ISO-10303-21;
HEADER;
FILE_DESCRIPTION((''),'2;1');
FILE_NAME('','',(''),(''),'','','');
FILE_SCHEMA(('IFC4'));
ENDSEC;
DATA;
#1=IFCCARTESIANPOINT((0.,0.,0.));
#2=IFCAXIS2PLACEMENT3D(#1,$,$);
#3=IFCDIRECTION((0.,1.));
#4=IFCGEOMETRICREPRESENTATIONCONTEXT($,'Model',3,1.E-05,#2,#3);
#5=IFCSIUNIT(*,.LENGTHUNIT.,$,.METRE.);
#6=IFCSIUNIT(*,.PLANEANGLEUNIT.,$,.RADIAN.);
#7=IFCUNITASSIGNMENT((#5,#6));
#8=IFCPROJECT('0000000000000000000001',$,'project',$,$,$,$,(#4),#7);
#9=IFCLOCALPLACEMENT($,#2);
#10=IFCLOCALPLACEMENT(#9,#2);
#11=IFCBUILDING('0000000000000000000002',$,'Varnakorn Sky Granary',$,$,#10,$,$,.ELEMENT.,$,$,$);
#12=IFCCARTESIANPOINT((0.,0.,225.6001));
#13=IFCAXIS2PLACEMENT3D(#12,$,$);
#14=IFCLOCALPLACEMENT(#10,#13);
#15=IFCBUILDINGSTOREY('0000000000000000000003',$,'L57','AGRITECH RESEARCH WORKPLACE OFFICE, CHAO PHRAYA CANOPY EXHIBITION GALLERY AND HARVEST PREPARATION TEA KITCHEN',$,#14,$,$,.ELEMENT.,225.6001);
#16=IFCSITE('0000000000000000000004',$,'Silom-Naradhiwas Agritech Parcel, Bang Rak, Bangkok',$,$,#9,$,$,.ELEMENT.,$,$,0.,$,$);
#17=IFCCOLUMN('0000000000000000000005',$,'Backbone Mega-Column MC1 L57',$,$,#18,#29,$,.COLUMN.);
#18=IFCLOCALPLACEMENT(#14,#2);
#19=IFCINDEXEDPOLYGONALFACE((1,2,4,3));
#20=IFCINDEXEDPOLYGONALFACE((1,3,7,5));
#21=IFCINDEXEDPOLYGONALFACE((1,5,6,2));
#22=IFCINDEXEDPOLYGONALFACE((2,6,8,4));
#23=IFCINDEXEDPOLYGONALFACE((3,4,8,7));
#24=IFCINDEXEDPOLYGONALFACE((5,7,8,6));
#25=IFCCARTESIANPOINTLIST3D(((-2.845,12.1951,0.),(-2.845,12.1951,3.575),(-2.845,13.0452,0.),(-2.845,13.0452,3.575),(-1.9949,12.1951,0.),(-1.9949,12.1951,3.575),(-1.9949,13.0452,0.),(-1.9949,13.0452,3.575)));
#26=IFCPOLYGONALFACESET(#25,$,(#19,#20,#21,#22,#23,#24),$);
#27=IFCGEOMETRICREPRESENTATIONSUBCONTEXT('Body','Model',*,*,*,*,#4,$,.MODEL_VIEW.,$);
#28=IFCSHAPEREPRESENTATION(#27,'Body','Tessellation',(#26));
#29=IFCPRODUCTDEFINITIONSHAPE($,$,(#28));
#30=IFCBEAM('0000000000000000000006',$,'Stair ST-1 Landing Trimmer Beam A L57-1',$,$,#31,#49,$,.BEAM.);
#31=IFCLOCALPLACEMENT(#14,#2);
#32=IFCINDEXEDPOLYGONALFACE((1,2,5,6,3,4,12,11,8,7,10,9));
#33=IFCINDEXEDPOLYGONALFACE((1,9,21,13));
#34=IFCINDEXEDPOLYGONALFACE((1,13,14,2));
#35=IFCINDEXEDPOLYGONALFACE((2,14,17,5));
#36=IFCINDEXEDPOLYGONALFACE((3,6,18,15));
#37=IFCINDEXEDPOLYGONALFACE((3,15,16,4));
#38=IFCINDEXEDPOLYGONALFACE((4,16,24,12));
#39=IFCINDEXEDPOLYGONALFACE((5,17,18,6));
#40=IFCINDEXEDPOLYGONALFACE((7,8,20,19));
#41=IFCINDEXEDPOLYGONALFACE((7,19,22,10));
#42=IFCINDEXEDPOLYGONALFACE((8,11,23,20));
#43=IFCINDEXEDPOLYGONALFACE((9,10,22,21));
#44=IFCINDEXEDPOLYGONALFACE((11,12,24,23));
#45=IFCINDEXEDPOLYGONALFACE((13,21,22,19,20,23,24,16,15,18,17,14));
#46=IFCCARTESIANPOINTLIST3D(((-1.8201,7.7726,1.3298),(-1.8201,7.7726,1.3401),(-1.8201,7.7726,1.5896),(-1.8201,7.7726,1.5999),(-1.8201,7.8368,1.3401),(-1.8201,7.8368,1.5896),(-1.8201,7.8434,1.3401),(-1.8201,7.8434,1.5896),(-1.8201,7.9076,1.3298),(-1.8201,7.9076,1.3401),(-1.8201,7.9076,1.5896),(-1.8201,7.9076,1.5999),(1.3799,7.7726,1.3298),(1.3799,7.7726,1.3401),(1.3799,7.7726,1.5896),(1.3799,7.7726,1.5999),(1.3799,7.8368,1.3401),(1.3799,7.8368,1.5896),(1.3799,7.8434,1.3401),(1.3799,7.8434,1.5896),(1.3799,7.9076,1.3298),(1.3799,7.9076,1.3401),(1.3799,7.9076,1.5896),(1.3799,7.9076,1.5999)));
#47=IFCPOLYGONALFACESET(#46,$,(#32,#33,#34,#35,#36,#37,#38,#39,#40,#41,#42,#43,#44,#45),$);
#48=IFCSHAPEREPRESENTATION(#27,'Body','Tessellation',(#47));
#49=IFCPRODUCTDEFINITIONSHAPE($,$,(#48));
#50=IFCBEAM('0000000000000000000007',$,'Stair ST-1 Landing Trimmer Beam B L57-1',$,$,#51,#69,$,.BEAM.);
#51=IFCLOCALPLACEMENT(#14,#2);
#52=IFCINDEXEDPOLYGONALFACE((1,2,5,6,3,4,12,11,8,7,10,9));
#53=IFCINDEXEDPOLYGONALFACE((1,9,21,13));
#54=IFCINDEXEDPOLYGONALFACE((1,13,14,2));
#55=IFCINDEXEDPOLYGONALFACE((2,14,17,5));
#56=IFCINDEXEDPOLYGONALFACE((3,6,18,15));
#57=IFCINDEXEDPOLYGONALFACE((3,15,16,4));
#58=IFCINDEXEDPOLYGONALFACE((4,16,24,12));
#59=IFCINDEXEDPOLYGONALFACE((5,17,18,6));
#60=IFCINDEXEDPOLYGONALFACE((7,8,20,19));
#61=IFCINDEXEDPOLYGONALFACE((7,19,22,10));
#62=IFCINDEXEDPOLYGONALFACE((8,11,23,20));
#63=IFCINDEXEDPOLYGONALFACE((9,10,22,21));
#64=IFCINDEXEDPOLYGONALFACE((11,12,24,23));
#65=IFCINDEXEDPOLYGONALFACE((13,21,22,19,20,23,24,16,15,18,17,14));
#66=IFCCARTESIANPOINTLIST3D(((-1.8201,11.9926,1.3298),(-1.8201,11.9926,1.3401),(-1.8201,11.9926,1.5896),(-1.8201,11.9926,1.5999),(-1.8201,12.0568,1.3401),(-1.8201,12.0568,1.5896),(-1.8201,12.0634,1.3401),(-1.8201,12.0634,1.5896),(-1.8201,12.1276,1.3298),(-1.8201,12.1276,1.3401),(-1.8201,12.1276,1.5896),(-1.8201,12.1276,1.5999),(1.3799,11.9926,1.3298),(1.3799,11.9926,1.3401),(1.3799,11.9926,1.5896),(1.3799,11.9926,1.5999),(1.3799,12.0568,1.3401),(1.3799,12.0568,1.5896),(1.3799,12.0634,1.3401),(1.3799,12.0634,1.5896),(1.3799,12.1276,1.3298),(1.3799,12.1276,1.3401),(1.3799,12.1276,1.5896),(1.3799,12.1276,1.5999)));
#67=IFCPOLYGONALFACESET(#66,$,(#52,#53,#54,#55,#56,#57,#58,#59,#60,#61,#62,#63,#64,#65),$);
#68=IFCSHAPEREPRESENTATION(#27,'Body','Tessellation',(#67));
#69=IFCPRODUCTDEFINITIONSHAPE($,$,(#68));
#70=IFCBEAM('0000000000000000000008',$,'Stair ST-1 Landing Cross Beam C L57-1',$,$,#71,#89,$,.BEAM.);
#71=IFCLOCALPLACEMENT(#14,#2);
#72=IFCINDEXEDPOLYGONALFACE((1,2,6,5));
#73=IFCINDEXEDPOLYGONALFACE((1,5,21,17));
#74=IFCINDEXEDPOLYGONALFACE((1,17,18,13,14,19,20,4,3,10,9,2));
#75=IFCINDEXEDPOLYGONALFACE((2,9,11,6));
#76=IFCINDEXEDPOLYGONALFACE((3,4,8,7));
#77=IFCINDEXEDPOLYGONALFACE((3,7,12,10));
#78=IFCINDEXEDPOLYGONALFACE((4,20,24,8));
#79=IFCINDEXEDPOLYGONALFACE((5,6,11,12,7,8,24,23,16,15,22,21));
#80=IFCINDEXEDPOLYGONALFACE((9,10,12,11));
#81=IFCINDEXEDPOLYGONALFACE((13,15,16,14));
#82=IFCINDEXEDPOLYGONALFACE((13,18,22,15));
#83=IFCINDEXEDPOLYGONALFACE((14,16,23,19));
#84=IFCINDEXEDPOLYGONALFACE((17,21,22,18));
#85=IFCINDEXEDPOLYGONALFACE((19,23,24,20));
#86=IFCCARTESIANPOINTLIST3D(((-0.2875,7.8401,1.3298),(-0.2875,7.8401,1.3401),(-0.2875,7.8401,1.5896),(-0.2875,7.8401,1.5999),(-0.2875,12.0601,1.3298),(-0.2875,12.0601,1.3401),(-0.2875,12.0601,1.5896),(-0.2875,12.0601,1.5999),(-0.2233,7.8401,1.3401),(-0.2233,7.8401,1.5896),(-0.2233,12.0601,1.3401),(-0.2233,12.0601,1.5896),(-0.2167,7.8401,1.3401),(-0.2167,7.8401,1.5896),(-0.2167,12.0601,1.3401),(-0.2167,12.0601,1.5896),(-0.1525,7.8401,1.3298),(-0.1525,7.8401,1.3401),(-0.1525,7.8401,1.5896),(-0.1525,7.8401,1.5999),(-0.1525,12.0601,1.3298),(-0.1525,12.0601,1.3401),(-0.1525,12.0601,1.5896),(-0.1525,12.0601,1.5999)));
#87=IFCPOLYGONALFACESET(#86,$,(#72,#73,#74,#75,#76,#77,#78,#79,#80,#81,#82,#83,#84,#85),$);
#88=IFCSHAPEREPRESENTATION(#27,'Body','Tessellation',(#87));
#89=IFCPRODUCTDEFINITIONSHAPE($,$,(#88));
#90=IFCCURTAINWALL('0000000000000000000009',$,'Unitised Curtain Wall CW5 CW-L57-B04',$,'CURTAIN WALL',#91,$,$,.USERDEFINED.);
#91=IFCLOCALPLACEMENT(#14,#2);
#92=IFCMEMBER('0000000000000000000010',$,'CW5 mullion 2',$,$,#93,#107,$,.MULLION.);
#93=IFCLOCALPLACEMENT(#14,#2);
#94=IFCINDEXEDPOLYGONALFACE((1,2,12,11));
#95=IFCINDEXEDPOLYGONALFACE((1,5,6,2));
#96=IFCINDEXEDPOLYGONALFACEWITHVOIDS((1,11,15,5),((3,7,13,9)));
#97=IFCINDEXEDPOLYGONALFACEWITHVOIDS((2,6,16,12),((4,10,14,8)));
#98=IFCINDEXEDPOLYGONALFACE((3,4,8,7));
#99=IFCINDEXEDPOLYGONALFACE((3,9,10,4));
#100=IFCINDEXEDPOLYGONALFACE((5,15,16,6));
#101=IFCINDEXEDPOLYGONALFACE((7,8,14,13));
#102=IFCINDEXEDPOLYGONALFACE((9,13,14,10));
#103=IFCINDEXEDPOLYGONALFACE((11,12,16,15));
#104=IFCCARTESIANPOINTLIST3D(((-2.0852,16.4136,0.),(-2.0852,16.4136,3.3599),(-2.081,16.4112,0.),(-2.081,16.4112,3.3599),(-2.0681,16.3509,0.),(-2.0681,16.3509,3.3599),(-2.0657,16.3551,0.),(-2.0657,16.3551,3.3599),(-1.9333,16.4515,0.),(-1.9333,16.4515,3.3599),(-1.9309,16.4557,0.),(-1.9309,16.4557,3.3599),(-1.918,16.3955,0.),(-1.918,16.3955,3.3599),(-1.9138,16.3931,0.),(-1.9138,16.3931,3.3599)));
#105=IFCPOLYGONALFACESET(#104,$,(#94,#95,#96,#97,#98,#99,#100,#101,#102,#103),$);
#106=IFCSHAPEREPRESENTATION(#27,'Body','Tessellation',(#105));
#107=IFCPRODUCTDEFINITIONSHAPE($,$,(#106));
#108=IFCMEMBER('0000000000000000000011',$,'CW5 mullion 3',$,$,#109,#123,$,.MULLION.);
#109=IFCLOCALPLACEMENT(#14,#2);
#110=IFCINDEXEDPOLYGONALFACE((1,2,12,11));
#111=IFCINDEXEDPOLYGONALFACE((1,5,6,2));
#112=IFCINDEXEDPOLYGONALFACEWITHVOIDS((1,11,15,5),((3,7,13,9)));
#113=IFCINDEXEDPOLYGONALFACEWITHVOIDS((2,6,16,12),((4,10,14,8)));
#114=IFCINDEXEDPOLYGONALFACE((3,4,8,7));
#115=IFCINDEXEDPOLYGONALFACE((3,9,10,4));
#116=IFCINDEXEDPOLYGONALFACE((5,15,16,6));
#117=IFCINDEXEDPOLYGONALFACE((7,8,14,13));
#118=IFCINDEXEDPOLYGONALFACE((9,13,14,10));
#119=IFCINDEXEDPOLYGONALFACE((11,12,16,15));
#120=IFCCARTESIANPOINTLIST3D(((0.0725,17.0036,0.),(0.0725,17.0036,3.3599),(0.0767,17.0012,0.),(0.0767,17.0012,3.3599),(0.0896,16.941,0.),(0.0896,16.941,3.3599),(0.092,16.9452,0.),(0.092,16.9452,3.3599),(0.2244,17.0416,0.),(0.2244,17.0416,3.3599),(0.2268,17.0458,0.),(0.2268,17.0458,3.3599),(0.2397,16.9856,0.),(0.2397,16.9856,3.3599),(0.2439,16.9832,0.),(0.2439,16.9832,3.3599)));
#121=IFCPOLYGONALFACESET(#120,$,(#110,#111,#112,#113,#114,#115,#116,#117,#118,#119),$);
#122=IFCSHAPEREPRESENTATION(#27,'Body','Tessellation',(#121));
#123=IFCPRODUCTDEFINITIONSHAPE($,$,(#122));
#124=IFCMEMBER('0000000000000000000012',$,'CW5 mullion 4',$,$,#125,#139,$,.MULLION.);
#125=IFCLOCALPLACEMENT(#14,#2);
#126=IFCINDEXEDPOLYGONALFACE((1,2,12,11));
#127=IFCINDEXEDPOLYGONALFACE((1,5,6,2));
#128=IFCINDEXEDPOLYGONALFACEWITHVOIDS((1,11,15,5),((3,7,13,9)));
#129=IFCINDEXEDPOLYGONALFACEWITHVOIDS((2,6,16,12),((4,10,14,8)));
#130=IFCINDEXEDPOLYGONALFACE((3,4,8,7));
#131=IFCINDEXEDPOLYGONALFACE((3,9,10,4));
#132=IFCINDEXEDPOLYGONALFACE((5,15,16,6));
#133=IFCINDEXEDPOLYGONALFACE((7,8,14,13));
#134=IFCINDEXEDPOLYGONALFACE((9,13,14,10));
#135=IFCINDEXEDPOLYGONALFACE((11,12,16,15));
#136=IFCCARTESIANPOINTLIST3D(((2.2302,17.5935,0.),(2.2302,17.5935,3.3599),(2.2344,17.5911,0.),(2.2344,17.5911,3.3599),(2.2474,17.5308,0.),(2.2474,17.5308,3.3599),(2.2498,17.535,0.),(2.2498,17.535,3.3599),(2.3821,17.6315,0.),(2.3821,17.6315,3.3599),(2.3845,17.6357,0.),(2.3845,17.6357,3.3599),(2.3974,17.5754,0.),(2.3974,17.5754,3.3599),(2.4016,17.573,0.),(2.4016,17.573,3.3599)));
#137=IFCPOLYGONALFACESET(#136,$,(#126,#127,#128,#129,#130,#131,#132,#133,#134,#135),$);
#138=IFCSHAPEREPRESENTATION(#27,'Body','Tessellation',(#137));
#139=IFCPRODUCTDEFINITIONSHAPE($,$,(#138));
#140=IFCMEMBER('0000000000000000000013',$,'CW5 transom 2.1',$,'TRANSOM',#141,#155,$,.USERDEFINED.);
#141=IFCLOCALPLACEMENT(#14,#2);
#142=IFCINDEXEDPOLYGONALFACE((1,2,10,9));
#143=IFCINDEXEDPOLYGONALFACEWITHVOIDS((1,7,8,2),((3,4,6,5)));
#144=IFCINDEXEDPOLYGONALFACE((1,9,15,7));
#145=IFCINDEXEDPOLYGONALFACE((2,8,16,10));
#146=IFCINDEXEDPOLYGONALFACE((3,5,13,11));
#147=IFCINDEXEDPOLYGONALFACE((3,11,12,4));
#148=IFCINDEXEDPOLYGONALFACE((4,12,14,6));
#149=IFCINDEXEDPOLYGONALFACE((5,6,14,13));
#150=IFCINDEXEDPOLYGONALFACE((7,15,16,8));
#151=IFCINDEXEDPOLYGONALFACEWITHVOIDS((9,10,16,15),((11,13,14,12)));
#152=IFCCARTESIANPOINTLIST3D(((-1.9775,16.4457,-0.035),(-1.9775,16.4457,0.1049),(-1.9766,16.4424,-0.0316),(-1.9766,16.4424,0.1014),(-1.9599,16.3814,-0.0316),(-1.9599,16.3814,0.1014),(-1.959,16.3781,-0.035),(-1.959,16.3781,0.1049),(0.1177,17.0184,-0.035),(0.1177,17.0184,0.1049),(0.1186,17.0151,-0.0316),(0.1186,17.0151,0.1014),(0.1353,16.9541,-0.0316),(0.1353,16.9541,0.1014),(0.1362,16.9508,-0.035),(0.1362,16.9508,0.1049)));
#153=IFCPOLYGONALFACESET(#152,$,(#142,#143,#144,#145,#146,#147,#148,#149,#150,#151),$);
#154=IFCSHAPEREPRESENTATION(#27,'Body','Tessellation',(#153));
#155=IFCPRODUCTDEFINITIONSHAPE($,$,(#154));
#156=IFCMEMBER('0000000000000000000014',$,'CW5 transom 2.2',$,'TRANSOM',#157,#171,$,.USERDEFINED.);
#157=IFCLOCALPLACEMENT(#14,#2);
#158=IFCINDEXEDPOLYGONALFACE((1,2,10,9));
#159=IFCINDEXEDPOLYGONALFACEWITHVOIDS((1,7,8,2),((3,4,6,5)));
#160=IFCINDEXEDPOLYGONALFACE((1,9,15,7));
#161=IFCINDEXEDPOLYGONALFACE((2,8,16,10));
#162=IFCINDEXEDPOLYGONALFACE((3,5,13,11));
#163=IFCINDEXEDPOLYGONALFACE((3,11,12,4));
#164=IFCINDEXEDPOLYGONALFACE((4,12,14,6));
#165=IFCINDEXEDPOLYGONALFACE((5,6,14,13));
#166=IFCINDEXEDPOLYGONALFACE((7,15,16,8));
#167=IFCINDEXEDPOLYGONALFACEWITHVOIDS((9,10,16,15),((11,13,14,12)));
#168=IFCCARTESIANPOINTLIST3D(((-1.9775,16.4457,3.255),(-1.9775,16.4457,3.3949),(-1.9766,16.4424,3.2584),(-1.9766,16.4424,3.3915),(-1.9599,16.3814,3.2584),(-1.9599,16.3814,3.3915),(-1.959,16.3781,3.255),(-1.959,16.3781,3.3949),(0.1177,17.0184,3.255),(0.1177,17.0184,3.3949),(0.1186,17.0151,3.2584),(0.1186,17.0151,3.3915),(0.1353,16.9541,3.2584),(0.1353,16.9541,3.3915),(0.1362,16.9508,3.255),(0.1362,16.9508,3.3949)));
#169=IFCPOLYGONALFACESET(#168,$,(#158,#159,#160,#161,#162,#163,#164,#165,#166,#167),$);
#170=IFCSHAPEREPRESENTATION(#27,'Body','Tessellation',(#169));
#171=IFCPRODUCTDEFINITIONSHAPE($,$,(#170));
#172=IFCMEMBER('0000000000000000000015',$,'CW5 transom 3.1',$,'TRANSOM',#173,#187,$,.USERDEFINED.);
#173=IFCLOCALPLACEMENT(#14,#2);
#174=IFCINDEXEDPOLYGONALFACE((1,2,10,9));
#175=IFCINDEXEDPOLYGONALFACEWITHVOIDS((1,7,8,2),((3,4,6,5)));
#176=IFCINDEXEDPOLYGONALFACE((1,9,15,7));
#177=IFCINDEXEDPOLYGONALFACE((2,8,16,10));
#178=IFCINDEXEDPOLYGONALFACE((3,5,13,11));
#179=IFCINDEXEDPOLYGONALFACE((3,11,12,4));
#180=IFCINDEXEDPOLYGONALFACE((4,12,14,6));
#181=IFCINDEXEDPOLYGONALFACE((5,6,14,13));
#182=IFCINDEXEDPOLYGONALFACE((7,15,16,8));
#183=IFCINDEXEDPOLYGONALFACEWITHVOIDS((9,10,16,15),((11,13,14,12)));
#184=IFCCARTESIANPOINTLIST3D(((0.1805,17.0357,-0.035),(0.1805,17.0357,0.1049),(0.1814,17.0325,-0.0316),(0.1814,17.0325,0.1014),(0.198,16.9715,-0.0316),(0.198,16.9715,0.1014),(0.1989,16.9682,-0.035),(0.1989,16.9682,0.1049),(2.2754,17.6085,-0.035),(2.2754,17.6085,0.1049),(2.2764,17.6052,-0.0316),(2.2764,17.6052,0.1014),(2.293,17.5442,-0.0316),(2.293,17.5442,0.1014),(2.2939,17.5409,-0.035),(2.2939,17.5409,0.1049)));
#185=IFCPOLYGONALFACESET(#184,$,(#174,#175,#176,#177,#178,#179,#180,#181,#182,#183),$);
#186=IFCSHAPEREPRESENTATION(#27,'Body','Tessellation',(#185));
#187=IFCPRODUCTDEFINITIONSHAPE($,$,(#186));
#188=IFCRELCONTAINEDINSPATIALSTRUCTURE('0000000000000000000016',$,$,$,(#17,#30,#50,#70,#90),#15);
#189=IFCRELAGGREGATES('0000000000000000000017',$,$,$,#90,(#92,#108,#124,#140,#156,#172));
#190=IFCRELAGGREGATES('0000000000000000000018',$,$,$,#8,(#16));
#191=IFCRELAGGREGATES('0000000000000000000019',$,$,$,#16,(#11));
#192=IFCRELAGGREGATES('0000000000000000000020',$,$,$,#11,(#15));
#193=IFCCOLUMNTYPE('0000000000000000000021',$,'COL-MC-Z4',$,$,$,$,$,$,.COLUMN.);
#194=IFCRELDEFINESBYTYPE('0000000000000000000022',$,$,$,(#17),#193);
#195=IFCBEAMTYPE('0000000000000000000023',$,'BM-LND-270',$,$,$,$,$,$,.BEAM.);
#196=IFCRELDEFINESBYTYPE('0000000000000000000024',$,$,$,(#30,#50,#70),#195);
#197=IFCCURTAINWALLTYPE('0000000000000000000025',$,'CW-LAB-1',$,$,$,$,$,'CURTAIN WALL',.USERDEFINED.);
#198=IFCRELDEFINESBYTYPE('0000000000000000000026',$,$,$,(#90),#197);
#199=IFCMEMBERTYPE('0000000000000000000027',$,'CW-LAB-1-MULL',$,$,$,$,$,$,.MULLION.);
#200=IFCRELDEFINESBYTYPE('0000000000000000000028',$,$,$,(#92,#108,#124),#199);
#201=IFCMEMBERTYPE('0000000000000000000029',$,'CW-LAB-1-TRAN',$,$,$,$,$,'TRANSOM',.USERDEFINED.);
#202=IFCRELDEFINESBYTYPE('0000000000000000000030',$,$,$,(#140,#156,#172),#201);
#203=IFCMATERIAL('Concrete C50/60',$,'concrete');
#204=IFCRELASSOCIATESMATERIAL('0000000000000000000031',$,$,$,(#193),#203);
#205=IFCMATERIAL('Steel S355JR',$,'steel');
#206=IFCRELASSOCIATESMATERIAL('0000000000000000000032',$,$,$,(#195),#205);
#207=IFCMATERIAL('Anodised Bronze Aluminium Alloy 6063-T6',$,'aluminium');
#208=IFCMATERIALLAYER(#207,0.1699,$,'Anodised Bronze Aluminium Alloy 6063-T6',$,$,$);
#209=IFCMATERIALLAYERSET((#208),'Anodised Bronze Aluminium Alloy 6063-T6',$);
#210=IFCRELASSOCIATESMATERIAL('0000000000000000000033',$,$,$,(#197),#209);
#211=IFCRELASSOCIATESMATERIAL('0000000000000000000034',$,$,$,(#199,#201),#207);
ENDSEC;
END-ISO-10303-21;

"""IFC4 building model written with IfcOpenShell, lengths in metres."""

from ifc_helpers import new_model, si_unit, direction, frame, origin, origin_2d, place, context, subcontext, project, spatial, rectangle, hollow_rectangle, i_section, extrude, material, layer, layer_set, material_profile, profile_set, type_object, element, aggregate, save


model = new_model("IFC4")

# Units and contexts
model_context = context("Model", 3, precision=1e-05, world=origin(), true_north=direction((0.0, 1.0)))
body_context = subcontext(model_context, "Body", "Model", "MODEL_VIEW")
ifc_project = project(units=[si_unit("LENGTHUNIT", "METRE"), si_unit("PLANEANGLEUNIT", "RADIAN")], contexts=[model_context])

# Site, building, storey
site_placement = place(None, origin())
site = spatial("IfcSite", under=ifc_project, at=site_placement, Name="Silom-Naradhiwas Agritech Parcel, Bang Rak, Bangkok", CompositionType="ELEMENT", RefElevation=0.0)
building_placement = place(site_placement, origin())
building = spatial("IfcBuilding", under=site, at=building_placement, Name="Varnakorn Sky Granary", CompositionType="ELEMENT")
storey_placement = place(building_placement, frame((0.0, 0.0, 225.6001)))
storey = spatial("IfcBuildingStorey", under=building, at=storey_placement, Name="L57", Description="AGRITECH RESEARCH WORKPLACE OFFICE, CHAO PHRAYA CANOPY EXHIBITION GALLERY AND HARVEST PREPARATION TEA KITCHEN", CompositionType="ELEMENT", Elevation=225.6001)

# Column
ifc_material_1 = material(Name="Concrete C50/60", Category="concrete")
ifc_material_profile_1 = material_profile(ifc_material_1, rectangle(XDim=0.8501, YDim=0.8501, at=origin_2d()), Name="RC 850x850")
ifc_profile_set_1 = profile_set([ifc_material_profile_1], Name="Concrete C50/60")
column_type = type_object("IfcColumnType", Name="COL-MC-Z4", PredefinedType="COLUMN", material=ifc_profile_set_1)
column_placement = place(storey_placement, frame((-2.4199, 12.6201, 0.0), z_axis=(0.0, 0.0, 1.0), x_axis=(1.0, 0.0, 0.0)))
element("IfcColumn", 1, at=column_placement, inside=storey, type_object=column_type, Name="Backbone Mega-Column MC1 L57", PredefinedType="COLUMN", context=body_context, shape_type="SweptSolid", body=[
    extrude(rectangle(XDim=0.8501, YDim=0.8501, at=origin_2d()), origin(), (0.0, 0.0, 1.0), 3.575),
])

# Beams
ifc_material_2 = material(Name="Steel S355JR", Category="steel")
ifc_material_profile_2 = material_profile(ifc_material_2, i_section(OverallWidth=0.135, OverallDepth=0.27, WebThickness=0.0066, FlangeThickness=0.0103, at=origin_2d()), Name="IPE 270")
ifc_profile_set_2 = profile_set([ifc_material_profile_2], Name="Steel S355JR")
beam_type = type_object("IfcBeamType", Name="BM-LND-270", PredefinedType="BEAM", material=ifc_profile_set_2)
for number, where, z_axis, x_axis, name in (
    (2, (-1.8201, 7.8401, 1.4648), (1.0, 0.0, 0.0), (0.0, 1.0, 0.0), "Stair ST-1 Landing Trimmer Beam A L57-1"),
    (3, (-1.8201, 12.0601, 1.4648), (1.0, 0.0, 0.0), (0.0, 1.0, 0.0), "Stair ST-1 Landing Trimmer Beam B L57-1"),
):
    element("IfcBeam", number, at=place(storey_placement, frame(where, z_axis=z_axis, x_axis=x_axis)), inside=storey, type_object=beam_type, Name=name, PredefinedType="BEAM", context=body_context, shape_type="SweptSolid", body=[
        extrude(i_section(OverallWidth=0.135, OverallDepth=0.27, WebThickness=0.0066, FlangeThickness=0.0103, at=origin_2d()), origin(), (0.0, 0.0, 1.0), 3.2),
    ])
beam_placement = place(storey_placement, frame((-0.22, 7.8401, 1.4648), z_axis=(0.0, 1.0, 0.0), x_axis=(-1.0, 0.0, 0.0)))
element("IfcBeam", 4, at=beam_placement, inside=storey, type_object=beam_type, Name="Stair ST-1 Landing Cross Beam C L57-1", PredefinedType="BEAM", context=body_context, shape_type="SweptSolid", body=[
    extrude(i_section(OverallWidth=0.135, OverallDepth=0.27, WebThickness=0.0066, FlangeThickness=0.0103, at=origin_2d()), origin(), (0.0, 0.0, 1.0), 4.22),
])

# Curtain wall, members
ifc_material_3 = material(Name="Anodised Bronze Aluminium Alloy 6063-T6", Category="aluminium")
ifc_layer_1 = layer(ifc_material_3, 0.1699, Name="Anodised Bronze Aluminium Alloy 6063-T6")
ifc_layer_set_1 = layer_set([ifc_layer_1], Name="Anodised Bronze Aluminium Alloy 6063-T6")
curtain_wall_type = type_object("IfcCurtainWallType", Name="CW-LAB-1", ElementType="CURTAIN WALL", PredefinedType="USERDEFINED", material=ifc_layer_set_1)
curtain_wall_placement = place(storey_placement, origin())
curtain_wall = element("IfcCurtainWall", 5, at=curtain_wall_placement, inside=storey, type_object=curtain_wall_type, Name="Unitised Curtain Wall CW5 CW-L57-B04", ObjectType="CURTAIN WALL", PredefinedType="USERDEFINED")
ifc_material_profile_3 = material_profile(ifc_material_3, hollow_rectangle(XDim=0.0649, YDim=0.1599, WallThickness=0.0034, at=origin_2d()), Name="ALU MULL 65x160")
ifc_profile_set_3 = profile_set([ifc_material_profile_3], Name="Anodised Bronze Aluminium Alloy 6063-T6")
member_type_1 = type_object("IfcMemberType", Name="CW-LAB-1-MULL", PredefinedType="MULLION", material=ifc_profile_set_3)
member_1_placement = place(storey_placement, frame((-1.9995, 16.4033, 0.0), z_axis=(0.0, 0.0, 1.0), x_axis=(-0.263727, 0.964597, 0.0)))
member_1 = element("IfcMember", 6, at=member_1_placement, type_object=member_type_1, Name="CW5 mullion 2", PredefinedType="MULLION", context=body_context, shape_type="SweptSolid", body=[
    extrude(hollow_rectangle(XDim=0.0649, YDim=0.1599, WallThickness=0.0034, at=origin_2d()), origin(), (0.0, 0.0, 1.0), 3.3599),
])
member_2_placement = place(storey_placement, frame((0.1582, 16.9934, 0.0), z_axis=(0.0, 0.0, 1.0), x_axis=(-0.263727, 0.964597, 0.0)))
member_2 = element("IfcMember", 7, at=member_2_placement, type_object=member_type_1, Name="CW5 mullion 3", PredefinedType="MULLION", context=body_context, shape_type="SweptSolid", body=[
    extrude(hollow_rectangle(XDim=0.0649, YDim=0.1599, WallThickness=0.0034, at=origin_2d()), origin(), (0.0, 0.0, 1.0), 3.3599),
])
member_3_placement = place(storey_placement, frame((2.3159, 17.5833, 0.0), z_axis=(0.0, 0.0, 1.0), x_axis=(-0.263727, 0.964597, 0.0)))
member_3 = element("IfcMember", 8, at=member_3_placement, type_object=member_type_1, Name="CW5 mullion 4", PredefinedType="MULLION", context=body_context, shape_type="SweptSolid", body=[
    extrude(hollow_rectangle(XDim=0.0649, YDim=0.1599, WallThickness=0.0034, at=origin_2d()), origin(), (0.0, 0.0, 1.0), 3.3599),
])
ifc_material_profile_4 = material_profile(ifc_material_3, hollow_rectangle(XDim=0.0701, YDim=0.1399, WallThickness=0.0034, at=origin_2d()), Name="ALU TRAN 70x140")
ifc_profile_set_4 = profile_set([ifc_material_profile_4], Name="Anodised Bronze Aluminium Alloy 6063-T6")
member_type_2 = type_object("IfcMemberType", Name="CW-LAB-1-TRAN", ElementType="TRANSOM", PredefinedType="USERDEFINED", material=ifc_profile_set_4)
member_4_placement = place(storey_placement, frame((-1.9683, 16.4119, 0.0349), z_axis=(0.964608, 0.263688, 0.0), x_axis=(-0.263688, 0.964608, 0.0)))
member_4 = element("IfcMember", 9, at=member_4_placement, type_object=member_type_2, Name="CW5 transom 2.1", ObjectType="TRANSOM", PredefinedType="USERDEFINED", context=body_context, shape_type="SweptSolid", body=[
    extrude(hollow_rectangle(XDim=0.0701, YDim=0.1399, WallThickness=0.0034, at=origin_2d()), origin(), (0.0, 0.0, 1.0), 2.1721),
])
member_5_placement = place(storey_placement, frame((-1.9683, 16.4119, 3.325), z_axis=(0.964608, 0.263688, 0.0), x_axis=(-0.263688, 0.964608, 0.0)))
member_5 = element("IfcMember", 10, at=member_5_placement, type_object=member_type_2, Name="CW5 transom 2.2", ObjectType="TRANSOM", PredefinedType="USERDEFINED", context=body_context, shape_type="SweptSolid", body=[
    extrude(hollow_rectangle(XDim=0.0701, YDim=0.1399, WallThickness=0.0034, at=origin_2d()), origin(), (0.0, 0.0, 1.0), 2.1721),
])
member_6_placement = place(storey_placement, frame((0.1897, 17.002, 0.0349), z_axis=(0.9646, 0.263717, 0.0), x_axis=(-0.263717, 0.9646, 0.0)))
member_6 = element("IfcMember", 11, at=member_6_placement, type_object=member_type_2, Name="CW5 transom 3.1", ObjectType="TRANSOM", PredefinedType="USERDEFINED", context=body_context, shape_type="SweptSolid", body=[
    extrude(hollow_rectangle(XDim=0.0701, YDim=0.1399, WallThickness=0.0034, at=origin_2d()), origin(), (0.0, 0.0, 1.0), 2.1719),
])
aggregate(curtain_wall, [member_1, member_2, member_3, member_4, member_5, member_6])

save(model, "model.ifc")
